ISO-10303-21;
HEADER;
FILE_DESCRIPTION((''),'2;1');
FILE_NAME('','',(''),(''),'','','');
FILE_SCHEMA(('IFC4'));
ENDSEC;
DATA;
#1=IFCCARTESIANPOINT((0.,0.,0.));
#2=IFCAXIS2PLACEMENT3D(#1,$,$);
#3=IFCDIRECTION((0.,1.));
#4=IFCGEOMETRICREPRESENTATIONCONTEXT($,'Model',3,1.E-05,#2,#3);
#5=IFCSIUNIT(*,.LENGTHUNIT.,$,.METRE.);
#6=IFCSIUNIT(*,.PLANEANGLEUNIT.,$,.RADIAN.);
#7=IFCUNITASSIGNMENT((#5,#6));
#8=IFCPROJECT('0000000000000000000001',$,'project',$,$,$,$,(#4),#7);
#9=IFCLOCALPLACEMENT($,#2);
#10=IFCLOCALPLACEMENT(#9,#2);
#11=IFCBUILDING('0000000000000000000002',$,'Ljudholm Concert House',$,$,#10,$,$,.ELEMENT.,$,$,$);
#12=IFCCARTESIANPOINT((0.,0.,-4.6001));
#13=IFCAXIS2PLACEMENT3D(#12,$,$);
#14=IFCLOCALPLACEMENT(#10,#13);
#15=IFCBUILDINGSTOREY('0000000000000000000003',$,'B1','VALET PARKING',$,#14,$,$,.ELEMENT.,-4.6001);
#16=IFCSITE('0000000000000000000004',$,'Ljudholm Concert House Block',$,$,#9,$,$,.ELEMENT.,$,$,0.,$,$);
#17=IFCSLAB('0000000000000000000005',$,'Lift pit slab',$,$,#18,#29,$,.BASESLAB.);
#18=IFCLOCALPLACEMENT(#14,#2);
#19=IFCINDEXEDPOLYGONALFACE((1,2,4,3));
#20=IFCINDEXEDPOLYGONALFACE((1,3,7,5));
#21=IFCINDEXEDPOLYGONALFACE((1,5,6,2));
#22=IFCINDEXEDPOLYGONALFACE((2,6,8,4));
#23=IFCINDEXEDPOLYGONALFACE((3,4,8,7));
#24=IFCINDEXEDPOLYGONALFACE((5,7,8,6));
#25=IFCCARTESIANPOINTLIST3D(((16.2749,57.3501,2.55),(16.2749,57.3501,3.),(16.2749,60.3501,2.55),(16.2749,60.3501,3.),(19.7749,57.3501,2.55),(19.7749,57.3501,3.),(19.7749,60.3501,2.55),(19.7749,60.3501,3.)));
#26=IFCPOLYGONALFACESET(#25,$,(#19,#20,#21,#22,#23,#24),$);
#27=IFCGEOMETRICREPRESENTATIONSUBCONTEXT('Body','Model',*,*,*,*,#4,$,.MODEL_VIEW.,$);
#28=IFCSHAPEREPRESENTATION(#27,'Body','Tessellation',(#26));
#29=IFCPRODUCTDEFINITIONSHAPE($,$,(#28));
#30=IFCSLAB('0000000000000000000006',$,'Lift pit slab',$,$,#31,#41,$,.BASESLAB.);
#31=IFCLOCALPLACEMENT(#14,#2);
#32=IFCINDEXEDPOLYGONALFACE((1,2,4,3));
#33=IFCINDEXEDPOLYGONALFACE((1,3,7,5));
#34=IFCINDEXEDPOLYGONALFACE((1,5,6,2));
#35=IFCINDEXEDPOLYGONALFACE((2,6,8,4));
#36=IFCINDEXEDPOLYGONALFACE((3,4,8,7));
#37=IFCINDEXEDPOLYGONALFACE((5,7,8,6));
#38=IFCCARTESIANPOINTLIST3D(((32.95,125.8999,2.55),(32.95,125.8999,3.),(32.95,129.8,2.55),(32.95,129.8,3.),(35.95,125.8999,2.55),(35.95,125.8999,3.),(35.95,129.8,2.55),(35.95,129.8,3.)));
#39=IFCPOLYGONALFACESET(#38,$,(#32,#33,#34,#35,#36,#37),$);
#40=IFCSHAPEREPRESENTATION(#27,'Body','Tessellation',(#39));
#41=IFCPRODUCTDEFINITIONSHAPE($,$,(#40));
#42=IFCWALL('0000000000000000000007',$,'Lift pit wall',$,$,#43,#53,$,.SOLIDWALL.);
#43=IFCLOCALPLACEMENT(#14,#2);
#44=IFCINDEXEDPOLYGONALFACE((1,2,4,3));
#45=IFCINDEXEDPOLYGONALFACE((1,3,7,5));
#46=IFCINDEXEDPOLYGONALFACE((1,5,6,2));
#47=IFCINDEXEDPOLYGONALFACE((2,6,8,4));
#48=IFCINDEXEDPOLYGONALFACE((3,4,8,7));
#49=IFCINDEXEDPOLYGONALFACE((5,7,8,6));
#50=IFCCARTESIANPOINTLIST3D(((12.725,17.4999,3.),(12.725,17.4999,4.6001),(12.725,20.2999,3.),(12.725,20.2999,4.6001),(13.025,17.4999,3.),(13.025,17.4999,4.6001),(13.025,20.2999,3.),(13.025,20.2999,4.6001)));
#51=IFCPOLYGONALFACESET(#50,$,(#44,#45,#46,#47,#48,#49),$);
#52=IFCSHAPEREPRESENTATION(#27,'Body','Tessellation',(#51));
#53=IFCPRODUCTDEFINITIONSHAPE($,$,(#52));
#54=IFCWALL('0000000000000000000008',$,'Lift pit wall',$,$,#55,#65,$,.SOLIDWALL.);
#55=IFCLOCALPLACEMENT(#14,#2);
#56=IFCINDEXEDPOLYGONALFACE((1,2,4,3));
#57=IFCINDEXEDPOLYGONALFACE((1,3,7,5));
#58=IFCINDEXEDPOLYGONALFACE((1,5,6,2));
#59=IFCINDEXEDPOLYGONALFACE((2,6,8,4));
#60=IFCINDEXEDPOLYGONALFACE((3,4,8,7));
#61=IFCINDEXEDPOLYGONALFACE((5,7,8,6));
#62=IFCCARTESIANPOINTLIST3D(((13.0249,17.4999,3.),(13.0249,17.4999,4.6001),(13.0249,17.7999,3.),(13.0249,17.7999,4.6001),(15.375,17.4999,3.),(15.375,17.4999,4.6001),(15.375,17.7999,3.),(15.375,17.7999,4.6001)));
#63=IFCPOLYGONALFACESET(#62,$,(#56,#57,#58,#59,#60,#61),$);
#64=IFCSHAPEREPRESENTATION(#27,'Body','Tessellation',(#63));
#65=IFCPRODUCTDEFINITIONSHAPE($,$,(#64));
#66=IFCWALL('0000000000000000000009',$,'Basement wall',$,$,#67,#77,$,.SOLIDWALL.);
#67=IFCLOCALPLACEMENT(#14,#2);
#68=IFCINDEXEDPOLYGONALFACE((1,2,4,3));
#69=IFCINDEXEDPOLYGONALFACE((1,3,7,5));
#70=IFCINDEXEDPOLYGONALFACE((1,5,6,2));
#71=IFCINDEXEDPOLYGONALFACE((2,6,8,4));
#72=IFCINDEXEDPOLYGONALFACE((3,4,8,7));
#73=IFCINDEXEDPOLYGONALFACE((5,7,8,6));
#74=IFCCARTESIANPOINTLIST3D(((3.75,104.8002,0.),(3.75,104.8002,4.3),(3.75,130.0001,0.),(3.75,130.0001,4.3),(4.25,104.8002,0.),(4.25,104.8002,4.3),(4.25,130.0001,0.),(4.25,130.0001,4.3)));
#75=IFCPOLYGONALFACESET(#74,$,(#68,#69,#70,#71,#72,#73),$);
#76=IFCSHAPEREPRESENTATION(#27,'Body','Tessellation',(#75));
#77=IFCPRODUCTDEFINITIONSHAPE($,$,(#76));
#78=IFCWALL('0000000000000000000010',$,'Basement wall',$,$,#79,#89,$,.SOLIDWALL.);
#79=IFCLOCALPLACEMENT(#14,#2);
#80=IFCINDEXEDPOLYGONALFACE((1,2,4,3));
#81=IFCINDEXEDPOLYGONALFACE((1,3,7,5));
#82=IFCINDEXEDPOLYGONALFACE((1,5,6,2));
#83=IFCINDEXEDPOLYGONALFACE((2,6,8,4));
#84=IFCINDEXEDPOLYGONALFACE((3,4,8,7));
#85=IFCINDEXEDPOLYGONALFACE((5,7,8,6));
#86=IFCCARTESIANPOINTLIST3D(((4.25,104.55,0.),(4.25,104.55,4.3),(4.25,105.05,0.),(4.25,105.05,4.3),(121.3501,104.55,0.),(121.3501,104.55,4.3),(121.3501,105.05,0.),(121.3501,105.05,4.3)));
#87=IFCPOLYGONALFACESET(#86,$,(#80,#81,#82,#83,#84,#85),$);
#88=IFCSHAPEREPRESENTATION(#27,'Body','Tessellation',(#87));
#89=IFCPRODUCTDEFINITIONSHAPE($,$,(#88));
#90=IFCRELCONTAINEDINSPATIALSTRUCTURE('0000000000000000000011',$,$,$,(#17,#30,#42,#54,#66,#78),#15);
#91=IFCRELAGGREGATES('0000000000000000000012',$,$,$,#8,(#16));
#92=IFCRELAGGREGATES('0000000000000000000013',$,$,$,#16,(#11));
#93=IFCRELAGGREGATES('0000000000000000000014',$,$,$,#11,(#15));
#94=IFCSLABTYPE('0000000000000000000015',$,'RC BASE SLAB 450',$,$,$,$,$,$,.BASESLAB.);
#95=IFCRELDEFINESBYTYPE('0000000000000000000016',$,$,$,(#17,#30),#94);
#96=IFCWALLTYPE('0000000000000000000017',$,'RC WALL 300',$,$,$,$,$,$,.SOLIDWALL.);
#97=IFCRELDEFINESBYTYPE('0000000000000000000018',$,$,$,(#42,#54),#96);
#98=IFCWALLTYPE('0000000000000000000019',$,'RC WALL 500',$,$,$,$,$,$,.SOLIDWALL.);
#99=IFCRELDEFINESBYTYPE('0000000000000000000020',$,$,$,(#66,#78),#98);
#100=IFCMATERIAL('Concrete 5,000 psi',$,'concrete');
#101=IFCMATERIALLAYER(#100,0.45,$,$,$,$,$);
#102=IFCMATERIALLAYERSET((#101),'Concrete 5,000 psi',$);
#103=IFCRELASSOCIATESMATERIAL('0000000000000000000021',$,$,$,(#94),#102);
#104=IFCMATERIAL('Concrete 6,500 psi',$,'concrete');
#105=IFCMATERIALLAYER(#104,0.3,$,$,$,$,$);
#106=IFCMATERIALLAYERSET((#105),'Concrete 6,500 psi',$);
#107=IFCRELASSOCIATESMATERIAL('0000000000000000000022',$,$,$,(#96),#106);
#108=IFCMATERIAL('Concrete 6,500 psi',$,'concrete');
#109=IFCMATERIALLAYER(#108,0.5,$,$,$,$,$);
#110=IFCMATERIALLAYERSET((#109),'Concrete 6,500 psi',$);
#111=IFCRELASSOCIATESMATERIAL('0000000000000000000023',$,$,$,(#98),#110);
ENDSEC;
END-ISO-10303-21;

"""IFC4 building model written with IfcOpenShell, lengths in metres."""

from ifc_helpers import new_model, si_unit, direction, frame, frame_2d, origin, place, context, subcontext, project, spatial, polyline, rectangle, outline, extrude, material, layer, layer_set, type_object, element, save


model = new_model("IFC4")

# Units and contexts
model_context = context("Model", 3, precision=1e-05, world=origin(), true_north=direction((0.0, 1.0)))
body_context = subcontext(model_context, "Body", "Model", "MODEL_VIEW")
ifc_project = project(units=[si_unit("LENGTHUNIT", "METRE"), si_unit("PLANEANGLEUNIT", "RADIAN")], contexts=[model_context])

# Site, building, storey
site_placement = place(None, origin())
site = spatial("IfcSite", under=ifc_project, at=site_placement, Name="Ljudholm Concert House Block", CompositionType="ELEMENT", RefElevation=0.0)
building_placement = place(site_placement, origin())
building = spatial("IfcBuilding", under=site, at=building_placement, Name="Ljudholm Concert House", CompositionType="ELEMENT")
storey_placement = place(building_placement, frame((0.0, 0.0, -4.6001)))
storey = spatial("IfcBuildingStorey", under=building, at=storey_placement, Name="B1", Description="VALET PARKING", CompositionType="ELEMENT", Elevation=-4.6001)

# Slabs
ifc_material_1 = material(Name="Concrete 5,000 psi", Category="concrete")
ifc_layer_1 = layer(ifc_material_1, 0.45)
ifc_layer_set_1 = layer_set([ifc_layer_1], Name="Concrete 5,000 psi")
slab_type = type_object("IfcSlabType", Name="RC BASE SLAB 450", PredefinedType="BASESLAB", material=ifc_layer_set_1)
slab_1_placement = place(storey_placement, frame((0.0, 0.0, 2.55)))
element("IfcSlab", 1, at=slab_1_placement, inside=storey, type_object=slab_type, Name="Lift pit slab", PredefinedType="BASESLAB", context=body_context, shape_type="SweptSolid", body=[
    extrude(outline(polyline([(16.2749, 57.3501), (19.7749, 57.3501), (19.7749, 60.3501), (16.2749, 60.3501), (16.2749, 57.3501)])), origin(), (0.0, 0.0, 1.0), 0.45),
])
slab_2_placement = place(storey_placement, frame((0.0, 0.0, 2.55)))
element("IfcSlab", 2, at=slab_2_placement, inside=storey, type_object=slab_type, Name="Lift pit slab", PredefinedType="BASESLAB", context=body_context, shape_type="SweptSolid", body=[
    extrude(outline(polyline([(32.95, 125.8999), (35.95, 125.8999), (35.95, 129.8), (32.95, 129.8), (32.95, 125.8999)])), origin(), (0.0, 0.0, 1.0), 0.45),
])

# Walls
ifc_material_2 = material(Name="Concrete 6,500 psi", Category="concrete")
ifc_layer_2 = layer(ifc_material_2, 0.3)
ifc_layer_set_2 = layer_set([ifc_layer_2], Name="Concrete 6,500 psi")
wall_type_1 = type_object("IfcWallType", Name="RC WALL 300", PredefinedType="SOLIDWALL", material=ifc_layer_set_2)
wall_1_placement = place(storey_placement, frame((12.875, 17.5, 3.0), z_axis=(0.0, 0.0, 1.0), x_axis=(0.0, 1.0, 0.0)))
element("IfcWall", 3, at=wall_1_placement, inside=storey, type_object=wall_type_1, Name="Lift pit wall", PredefinedType="SOLIDWALL", context=body_context, shape_type="SweptSolid", body=[
    extrude(rectangle(XDim=2.8, YDim=0.3, at=frame_2d((1.3999, 0.0))), origin(), (0.0, 0.0, 1.0), 1.6001),
])
wall_2_placement = place(storey_placement, frame((13.0249, 17.6499, 3.0), z_axis=(0.0, 0.0, 1.0), x_axis=(1.0, 0.0, 0.0)))
element("IfcWall", 4, at=wall_2_placement, inside=storey, type_object=wall_type_1, Name="Lift pit wall", PredefinedType="SOLIDWALL", context=body_context, shape_type="SweptSolid", body=[
    extrude(rectangle(XDim=2.3501, YDim=0.3, at=frame_2d((1.175, 0.0))), origin(), (0.0, 0.0, 1.0), 1.6001),
])
ifc_material_3 = material(Name="Concrete 6,500 psi", Category="concrete")
ifc_layer_3 = layer(ifc_material_3, 0.5)
ifc_layer_set_3 = layer_set([ifc_layer_3], Name="Concrete 6,500 psi")
wall_type_2 = type_object("IfcWallType", Name="RC WALL 500", PredefinedType="SOLIDWALL", material=ifc_layer_set_3)
wall_3_placement = place(storey_placement, frame((4.0, 104.8, 0.0), z_axis=(0.0, 0.0, 1.0), x_axis=(0.0, 1.0, 0.0)))
element("IfcWall", 5, at=wall_3_placement, inside=storey, type_object=wall_type_2, Name="Basement wall", PredefinedType="SOLIDWALL", context=body_context, shape_type="SweptSolid", body=[
    extrude(rectangle(XDim=25.2, YDim=0.5, at=frame_2d((12.6001, 0.0))), origin(), (0.0, 0.0, 1.0), 4.3),
])
wall_4_placement = place(storey_placement, frame((4.25, 104.8, 0.0), z_axis=(0.0, 0.0, 1.0), x_axis=(1.0, 0.0, 0.0)))
element("IfcWall", 6, at=wall_4_placement, inside=storey, type_object=wall_type_2, Name="Basement wall", PredefinedType="SOLIDWALL", context=body_context, shape_type="SweptSolid", body=[
    extrude(rectangle(XDim=117.1001, YDim=0.5, at=frame_2d((58.55, 0.0))), origin(), (0.0, 0.0, 1.0), 4.3),
])

save(model, "model.ifc")
